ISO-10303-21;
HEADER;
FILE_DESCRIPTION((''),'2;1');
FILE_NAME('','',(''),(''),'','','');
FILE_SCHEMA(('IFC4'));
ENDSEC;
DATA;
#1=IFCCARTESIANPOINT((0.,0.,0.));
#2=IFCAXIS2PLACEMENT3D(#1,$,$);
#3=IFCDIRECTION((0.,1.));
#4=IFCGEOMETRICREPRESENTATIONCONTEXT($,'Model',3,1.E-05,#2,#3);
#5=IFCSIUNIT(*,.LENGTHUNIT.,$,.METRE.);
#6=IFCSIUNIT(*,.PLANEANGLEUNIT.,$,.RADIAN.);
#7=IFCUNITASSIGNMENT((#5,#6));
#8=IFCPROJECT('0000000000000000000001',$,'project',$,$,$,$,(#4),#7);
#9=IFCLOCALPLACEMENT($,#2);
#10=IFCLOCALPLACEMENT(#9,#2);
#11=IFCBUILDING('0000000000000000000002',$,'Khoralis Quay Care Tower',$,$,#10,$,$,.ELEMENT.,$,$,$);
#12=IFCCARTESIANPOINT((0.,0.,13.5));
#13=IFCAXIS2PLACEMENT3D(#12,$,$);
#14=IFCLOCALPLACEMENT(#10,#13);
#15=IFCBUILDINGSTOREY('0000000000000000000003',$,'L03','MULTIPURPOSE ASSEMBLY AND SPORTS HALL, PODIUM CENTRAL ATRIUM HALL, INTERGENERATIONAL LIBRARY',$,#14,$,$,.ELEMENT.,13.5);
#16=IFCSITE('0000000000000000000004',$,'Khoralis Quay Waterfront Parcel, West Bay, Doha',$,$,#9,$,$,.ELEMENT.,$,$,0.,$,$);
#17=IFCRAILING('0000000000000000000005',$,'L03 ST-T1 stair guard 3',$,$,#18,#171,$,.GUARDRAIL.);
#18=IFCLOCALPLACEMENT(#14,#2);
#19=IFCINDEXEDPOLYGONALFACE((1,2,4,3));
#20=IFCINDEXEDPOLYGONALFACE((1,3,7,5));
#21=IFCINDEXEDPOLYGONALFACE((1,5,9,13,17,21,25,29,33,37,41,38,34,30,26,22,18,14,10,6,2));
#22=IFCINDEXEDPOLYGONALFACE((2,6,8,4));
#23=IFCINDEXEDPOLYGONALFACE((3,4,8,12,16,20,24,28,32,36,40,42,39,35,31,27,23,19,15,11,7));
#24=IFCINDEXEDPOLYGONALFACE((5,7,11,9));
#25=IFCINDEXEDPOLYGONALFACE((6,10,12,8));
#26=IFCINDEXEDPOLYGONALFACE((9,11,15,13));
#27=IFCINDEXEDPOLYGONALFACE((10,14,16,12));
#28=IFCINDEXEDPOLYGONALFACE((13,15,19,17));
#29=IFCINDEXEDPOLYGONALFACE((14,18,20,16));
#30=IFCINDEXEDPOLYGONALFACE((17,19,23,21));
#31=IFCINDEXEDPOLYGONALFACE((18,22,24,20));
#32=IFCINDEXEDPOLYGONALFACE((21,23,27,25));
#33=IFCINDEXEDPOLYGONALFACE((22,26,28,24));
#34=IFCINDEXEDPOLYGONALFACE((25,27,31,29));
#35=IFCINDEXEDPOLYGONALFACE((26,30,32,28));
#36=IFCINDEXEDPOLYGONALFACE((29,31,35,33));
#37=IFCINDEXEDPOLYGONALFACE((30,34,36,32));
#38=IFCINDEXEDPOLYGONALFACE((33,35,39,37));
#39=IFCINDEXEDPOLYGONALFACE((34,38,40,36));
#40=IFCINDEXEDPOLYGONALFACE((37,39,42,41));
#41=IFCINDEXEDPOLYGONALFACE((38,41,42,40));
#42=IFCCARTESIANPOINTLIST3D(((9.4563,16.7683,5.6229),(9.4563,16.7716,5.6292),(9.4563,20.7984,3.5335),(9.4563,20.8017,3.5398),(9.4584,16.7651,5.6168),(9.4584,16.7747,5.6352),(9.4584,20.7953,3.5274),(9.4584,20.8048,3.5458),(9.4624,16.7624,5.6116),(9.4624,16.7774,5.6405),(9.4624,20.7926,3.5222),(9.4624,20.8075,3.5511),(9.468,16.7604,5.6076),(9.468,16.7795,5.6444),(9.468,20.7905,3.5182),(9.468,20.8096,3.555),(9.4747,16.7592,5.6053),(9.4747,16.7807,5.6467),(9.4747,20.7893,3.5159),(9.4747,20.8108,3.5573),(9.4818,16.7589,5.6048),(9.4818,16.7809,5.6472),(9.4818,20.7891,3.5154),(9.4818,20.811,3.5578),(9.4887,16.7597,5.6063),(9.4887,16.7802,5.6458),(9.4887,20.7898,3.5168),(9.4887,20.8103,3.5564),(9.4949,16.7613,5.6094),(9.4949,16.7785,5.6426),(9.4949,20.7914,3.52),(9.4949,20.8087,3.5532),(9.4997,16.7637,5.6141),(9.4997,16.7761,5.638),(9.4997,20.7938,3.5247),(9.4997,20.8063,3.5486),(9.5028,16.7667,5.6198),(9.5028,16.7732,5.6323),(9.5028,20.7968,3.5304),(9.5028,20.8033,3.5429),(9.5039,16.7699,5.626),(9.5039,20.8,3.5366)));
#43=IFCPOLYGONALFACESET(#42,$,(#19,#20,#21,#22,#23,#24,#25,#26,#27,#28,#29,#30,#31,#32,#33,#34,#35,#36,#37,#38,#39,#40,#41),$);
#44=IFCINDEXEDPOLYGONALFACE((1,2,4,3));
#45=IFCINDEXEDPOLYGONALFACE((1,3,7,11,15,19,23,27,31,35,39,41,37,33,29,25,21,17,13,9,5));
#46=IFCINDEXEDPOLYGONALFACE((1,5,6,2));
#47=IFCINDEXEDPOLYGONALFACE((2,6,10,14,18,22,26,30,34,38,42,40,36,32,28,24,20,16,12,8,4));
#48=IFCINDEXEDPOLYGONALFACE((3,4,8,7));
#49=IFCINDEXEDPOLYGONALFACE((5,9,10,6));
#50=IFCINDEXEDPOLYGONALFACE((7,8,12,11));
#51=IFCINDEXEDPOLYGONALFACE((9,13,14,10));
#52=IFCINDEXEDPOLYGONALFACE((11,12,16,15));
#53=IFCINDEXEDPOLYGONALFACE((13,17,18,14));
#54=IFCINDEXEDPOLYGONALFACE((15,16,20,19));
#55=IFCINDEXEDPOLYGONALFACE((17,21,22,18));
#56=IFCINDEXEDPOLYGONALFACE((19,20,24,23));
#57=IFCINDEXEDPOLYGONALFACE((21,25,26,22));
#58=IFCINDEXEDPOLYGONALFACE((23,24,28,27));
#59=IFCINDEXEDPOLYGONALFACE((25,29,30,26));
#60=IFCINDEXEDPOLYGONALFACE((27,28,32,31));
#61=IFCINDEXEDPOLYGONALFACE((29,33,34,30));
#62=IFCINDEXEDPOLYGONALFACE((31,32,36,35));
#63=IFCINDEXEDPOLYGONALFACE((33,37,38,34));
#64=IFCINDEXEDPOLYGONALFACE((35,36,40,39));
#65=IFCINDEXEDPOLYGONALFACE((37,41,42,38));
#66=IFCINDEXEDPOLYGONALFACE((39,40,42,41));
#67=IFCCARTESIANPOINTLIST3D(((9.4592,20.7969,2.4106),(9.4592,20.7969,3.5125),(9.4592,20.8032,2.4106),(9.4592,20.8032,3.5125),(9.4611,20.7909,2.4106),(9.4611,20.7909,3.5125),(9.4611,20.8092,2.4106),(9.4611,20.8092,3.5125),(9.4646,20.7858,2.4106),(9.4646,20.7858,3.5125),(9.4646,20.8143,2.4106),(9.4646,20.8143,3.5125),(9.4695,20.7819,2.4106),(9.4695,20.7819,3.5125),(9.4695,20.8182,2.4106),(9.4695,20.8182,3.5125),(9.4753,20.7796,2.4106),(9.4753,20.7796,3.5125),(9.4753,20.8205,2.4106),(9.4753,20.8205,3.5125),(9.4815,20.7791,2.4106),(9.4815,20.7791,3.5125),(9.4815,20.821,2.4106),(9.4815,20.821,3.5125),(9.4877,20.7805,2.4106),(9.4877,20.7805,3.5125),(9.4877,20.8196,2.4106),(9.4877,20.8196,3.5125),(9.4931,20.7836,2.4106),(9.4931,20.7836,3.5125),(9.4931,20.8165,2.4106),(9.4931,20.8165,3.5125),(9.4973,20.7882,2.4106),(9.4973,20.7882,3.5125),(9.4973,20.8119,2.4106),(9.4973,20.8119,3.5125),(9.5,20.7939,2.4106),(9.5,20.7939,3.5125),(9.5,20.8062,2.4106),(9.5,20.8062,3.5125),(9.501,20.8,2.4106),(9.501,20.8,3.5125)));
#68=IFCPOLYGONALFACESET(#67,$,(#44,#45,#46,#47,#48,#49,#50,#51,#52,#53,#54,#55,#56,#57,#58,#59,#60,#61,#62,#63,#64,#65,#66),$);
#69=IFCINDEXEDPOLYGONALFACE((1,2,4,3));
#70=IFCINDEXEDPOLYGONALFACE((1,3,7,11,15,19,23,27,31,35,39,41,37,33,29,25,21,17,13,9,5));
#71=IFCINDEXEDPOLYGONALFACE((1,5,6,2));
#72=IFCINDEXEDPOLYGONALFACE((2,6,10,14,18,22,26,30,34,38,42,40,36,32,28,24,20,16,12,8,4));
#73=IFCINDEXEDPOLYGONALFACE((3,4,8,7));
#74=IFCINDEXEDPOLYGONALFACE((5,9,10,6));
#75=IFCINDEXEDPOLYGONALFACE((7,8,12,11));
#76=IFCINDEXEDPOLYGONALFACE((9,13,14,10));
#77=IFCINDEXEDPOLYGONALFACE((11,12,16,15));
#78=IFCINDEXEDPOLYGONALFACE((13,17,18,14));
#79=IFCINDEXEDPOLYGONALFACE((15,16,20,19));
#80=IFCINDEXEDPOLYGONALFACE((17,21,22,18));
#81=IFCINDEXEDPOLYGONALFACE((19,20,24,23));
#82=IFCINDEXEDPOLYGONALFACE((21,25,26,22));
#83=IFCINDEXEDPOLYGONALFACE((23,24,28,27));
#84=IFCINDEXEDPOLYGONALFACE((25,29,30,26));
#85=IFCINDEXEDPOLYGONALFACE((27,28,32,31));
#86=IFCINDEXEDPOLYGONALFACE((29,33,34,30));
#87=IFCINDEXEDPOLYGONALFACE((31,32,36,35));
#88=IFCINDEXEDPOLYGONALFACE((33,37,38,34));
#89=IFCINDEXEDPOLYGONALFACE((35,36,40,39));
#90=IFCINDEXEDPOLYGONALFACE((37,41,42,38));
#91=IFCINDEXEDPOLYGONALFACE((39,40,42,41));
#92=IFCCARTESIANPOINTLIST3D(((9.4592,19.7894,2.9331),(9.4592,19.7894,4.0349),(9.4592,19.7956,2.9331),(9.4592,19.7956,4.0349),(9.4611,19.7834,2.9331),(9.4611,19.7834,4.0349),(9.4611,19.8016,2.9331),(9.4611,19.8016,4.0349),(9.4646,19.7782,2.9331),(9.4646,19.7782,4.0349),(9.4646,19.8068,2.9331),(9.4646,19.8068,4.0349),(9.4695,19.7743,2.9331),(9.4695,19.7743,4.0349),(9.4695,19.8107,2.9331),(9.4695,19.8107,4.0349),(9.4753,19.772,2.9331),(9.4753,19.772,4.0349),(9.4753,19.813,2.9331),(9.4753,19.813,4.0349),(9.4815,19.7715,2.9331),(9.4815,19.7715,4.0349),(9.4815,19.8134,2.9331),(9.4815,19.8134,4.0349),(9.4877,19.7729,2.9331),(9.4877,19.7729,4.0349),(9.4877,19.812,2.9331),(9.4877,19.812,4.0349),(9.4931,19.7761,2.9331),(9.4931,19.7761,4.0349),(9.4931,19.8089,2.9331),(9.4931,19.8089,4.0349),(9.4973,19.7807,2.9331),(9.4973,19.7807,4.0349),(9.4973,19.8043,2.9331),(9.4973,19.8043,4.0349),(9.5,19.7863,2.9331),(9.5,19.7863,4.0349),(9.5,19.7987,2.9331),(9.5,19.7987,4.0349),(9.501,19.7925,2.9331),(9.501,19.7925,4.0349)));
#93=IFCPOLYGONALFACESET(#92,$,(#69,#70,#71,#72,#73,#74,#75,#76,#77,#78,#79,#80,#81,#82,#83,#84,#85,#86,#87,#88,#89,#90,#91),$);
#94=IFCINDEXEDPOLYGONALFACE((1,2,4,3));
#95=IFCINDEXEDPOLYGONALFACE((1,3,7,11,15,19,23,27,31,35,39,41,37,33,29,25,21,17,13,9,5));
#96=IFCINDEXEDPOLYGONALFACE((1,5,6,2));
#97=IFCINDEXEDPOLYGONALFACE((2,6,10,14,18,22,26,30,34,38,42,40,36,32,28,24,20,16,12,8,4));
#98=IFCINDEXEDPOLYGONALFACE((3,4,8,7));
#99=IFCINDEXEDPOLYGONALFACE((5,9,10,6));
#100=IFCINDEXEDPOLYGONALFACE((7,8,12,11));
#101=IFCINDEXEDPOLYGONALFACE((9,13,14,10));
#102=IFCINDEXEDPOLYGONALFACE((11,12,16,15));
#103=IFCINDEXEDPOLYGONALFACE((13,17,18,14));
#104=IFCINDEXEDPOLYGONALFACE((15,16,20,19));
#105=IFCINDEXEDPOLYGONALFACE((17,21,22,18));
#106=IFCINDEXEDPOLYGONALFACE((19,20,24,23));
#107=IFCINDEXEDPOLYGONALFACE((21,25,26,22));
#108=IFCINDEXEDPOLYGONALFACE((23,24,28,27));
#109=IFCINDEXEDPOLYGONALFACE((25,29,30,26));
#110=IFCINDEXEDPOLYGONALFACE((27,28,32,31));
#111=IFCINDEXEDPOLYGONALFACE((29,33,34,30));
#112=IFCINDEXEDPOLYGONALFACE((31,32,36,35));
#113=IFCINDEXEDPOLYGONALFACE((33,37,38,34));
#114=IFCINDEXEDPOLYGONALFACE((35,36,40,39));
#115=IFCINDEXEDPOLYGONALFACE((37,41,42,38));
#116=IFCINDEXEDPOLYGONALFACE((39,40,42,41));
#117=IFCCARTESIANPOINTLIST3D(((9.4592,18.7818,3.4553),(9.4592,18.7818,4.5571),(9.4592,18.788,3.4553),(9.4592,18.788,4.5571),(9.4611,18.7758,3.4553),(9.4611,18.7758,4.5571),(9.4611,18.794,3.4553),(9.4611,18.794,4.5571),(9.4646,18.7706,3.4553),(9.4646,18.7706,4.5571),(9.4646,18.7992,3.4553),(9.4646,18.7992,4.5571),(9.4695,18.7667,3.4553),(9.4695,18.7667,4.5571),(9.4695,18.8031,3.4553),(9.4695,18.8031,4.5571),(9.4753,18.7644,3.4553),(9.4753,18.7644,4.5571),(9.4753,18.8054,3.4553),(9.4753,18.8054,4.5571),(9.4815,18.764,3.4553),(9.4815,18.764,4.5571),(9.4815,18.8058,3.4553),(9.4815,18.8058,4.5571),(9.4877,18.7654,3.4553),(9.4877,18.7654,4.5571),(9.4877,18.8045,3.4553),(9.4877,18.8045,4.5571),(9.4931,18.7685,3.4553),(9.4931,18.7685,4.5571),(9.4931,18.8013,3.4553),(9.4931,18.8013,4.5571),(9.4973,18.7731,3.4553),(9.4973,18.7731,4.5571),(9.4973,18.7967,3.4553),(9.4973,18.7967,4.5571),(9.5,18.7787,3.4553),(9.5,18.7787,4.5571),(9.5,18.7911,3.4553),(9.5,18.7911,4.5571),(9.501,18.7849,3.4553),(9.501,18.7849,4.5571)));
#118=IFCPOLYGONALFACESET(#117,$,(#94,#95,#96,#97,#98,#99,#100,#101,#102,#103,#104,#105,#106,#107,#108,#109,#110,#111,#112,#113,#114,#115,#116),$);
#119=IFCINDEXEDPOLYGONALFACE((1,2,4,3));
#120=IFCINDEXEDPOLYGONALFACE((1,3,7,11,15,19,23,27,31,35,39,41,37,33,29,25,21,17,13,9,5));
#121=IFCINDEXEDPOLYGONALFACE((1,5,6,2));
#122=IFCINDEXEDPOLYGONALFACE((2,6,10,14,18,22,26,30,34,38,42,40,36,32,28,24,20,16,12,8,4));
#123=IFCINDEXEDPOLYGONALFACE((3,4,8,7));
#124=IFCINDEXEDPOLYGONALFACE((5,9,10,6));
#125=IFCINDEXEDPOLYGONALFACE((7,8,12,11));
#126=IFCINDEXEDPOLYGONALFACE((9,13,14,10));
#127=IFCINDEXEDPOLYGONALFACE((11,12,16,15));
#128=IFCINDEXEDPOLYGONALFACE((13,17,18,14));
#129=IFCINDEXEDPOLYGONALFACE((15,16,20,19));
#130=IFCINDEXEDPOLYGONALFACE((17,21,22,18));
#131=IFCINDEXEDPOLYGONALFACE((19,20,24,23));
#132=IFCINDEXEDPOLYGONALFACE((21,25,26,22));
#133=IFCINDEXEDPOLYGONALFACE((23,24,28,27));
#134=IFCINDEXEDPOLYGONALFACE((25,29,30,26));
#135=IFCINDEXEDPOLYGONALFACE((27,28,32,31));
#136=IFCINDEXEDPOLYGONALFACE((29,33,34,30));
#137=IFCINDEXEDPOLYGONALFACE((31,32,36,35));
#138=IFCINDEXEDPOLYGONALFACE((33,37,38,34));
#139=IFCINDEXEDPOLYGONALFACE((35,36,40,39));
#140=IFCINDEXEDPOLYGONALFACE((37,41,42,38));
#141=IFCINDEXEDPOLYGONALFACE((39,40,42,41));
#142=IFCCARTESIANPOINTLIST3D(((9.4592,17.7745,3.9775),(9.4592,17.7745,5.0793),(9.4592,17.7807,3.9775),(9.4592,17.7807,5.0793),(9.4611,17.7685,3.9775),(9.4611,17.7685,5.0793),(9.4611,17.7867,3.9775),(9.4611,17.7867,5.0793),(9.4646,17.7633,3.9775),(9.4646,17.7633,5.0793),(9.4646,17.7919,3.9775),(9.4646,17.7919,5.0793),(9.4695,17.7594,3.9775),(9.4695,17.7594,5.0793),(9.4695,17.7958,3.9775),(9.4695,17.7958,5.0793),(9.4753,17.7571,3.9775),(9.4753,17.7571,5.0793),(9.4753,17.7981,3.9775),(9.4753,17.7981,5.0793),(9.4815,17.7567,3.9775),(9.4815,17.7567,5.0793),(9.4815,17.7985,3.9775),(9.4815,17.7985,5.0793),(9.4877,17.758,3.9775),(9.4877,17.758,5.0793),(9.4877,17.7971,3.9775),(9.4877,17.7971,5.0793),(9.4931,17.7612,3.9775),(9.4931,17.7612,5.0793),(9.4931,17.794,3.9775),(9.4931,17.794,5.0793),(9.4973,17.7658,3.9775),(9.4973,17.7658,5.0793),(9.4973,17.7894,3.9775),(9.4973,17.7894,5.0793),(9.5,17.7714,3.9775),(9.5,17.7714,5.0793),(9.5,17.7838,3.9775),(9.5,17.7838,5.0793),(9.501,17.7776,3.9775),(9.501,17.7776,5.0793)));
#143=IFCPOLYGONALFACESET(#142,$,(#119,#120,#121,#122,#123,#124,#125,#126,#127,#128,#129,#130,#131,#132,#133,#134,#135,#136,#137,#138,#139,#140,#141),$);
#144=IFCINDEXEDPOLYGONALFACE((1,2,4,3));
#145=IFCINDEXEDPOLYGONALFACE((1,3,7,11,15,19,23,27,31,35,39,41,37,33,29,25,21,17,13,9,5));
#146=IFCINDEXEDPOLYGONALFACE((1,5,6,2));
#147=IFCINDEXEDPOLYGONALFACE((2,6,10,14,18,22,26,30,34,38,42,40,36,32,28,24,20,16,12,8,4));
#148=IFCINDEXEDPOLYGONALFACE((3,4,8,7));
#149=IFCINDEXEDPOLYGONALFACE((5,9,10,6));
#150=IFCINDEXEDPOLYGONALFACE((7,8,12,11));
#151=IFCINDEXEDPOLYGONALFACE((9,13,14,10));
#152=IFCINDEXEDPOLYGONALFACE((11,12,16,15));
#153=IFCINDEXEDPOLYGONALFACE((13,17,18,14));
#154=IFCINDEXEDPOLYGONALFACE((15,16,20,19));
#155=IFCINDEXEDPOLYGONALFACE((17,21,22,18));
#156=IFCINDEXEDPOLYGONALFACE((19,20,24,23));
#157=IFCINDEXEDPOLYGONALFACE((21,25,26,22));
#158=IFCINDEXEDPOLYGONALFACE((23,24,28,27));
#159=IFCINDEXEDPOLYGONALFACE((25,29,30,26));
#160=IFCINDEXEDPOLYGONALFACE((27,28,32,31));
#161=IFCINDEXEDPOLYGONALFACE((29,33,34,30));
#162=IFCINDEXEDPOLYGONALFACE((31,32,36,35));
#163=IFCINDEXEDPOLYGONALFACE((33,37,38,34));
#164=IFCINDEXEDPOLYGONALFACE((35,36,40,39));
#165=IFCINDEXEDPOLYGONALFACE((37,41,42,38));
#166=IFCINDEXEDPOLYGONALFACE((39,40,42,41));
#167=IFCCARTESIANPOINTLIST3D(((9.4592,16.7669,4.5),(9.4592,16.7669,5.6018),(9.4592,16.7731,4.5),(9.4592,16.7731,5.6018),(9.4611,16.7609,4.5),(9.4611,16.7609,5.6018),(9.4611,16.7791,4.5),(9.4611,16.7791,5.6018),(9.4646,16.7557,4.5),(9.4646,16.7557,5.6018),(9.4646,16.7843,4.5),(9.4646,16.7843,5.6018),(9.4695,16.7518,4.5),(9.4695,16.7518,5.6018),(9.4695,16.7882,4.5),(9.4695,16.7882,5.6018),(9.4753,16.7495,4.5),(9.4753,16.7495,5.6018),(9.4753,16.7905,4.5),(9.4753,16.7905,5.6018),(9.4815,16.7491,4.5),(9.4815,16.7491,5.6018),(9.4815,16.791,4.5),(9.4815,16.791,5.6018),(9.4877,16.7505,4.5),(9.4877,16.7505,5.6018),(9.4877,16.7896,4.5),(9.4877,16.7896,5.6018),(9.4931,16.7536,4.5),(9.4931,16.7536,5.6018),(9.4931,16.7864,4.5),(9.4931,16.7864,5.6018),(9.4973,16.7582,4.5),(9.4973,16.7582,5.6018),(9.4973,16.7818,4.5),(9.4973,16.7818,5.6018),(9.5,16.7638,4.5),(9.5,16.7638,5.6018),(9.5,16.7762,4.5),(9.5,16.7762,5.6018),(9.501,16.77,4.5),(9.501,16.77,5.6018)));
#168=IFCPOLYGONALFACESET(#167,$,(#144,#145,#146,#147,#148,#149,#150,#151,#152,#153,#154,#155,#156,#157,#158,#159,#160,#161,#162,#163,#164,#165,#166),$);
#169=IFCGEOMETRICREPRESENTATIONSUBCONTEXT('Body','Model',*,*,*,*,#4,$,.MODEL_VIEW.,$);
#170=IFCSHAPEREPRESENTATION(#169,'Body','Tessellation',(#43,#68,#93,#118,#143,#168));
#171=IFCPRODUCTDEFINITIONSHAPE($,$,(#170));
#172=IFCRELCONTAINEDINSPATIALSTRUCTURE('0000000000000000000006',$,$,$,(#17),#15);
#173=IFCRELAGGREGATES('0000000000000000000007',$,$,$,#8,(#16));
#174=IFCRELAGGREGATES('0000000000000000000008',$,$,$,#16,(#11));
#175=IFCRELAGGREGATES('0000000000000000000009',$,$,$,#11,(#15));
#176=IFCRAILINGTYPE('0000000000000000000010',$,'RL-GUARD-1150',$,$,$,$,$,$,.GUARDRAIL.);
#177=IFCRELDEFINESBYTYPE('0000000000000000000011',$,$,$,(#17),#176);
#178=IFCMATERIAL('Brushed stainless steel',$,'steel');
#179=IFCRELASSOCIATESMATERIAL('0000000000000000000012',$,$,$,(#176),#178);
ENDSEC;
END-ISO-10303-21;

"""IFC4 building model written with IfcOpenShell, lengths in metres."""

from ifc_helpers import new_model, si_unit, direction, frame, origin, origin_2d, place, context, subcontext, project, spatial, circle, extrude, material, type_object, element, save


model = new_model("IFC4")

# Units and contexts
model_context = context("Model", 3, precision=1e-05, world=origin(), true_north=direction((0.0, 1.0)))
body_context = subcontext(model_context, "Body", "Model", "MODEL_VIEW")
ifc_project = project(units=[si_unit("LENGTHUNIT", "METRE"), si_unit("PLANEANGLEUNIT", "RADIAN")], contexts=[model_context])

# Site, building, storey
site_placement = place(None, origin())
site = spatial("IfcSite", under=ifc_project, at=site_placement, Name="Khoralis Quay Waterfront Parcel, West Bay, Doha", CompositionType="ELEMENT", RefElevation=0.0)
building_placement = place(site_placement, origin())
building = spatial("IfcBuilding", under=site, at=building_placement, Name="Khoralis Quay Care Tower", CompositionType="ELEMENT")
storey_placement = place(building_placement, frame((0.0, 0.0, 13.5)))
storey = spatial("IfcBuildingStorey", under=building, at=storey_placement, Name="L03", Description="MULTIPURPOSE ASSEMBLY AND SPORTS HALL, PODIUM CENTRAL ATRIUM HALL, INTERGENERATIONAL LIBRARY", CompositionType="ELEMENT", Elevation=13.5)

# Shared definitions
ifc_material_1 = material(Name="Brushed stainless steel", Category="steel")

# Railing
railing_type_1 = type_object("IfcRailingType", Name="RL-GUARD-1150", PredefinedType="GUARDRAIL", material=ifc_material_1)
railing_1_placement = place(storey_placement, frame((9.48, 20.8, 2.4106)))
element("IfcRailing", 1, at=railing_1_placement, inside=storey, type_object=railing_type_1, Name="L03 ST-T1 stair guard 3", PredefinedType="GUARDRAIL", context=body_context, shape_type="SweptSolid", body=[
    extrude(circle(Radius=0.0239, at=origin_2d()), frame((0.0, 0.0, 1.126), z_axis=(0.0, -0.887781, 0.460267), x_axis=(1.0, 0.0, 0.0)), (0.0, 0.0, 1.0), 4.5396),
    extrude(circle(Radius=0.021, at=origin_2d()), origin(), (0.0, 0.0, 1.0), 1.1018),
    extrude(circle(Radius=0.021, at=origin_2d()), frame((0.0, -1.0076, 0.5225)), (0.0, 0.0, 1.0), 1.1018),
    extrude(circle(Radius=0.021, at=origin_2d()), frame((0.0, -2.0151, 1.0447)), (0.0, 0.0, 1.0), 1.1018),
    extrude(circle(Radius=0.021, at=origin_2d()), frame((0.0, -3.0225, 1.5669)), (0.0, 0.0, 1.0), 1.1018),
    extrude(circle(Radius=0.021, at=origin_2d()), frame((0.0, -4.03, 2.0894)), (0.0, 0.0, 1.0), 1.1018),
])

save(model, "model.ifc")
